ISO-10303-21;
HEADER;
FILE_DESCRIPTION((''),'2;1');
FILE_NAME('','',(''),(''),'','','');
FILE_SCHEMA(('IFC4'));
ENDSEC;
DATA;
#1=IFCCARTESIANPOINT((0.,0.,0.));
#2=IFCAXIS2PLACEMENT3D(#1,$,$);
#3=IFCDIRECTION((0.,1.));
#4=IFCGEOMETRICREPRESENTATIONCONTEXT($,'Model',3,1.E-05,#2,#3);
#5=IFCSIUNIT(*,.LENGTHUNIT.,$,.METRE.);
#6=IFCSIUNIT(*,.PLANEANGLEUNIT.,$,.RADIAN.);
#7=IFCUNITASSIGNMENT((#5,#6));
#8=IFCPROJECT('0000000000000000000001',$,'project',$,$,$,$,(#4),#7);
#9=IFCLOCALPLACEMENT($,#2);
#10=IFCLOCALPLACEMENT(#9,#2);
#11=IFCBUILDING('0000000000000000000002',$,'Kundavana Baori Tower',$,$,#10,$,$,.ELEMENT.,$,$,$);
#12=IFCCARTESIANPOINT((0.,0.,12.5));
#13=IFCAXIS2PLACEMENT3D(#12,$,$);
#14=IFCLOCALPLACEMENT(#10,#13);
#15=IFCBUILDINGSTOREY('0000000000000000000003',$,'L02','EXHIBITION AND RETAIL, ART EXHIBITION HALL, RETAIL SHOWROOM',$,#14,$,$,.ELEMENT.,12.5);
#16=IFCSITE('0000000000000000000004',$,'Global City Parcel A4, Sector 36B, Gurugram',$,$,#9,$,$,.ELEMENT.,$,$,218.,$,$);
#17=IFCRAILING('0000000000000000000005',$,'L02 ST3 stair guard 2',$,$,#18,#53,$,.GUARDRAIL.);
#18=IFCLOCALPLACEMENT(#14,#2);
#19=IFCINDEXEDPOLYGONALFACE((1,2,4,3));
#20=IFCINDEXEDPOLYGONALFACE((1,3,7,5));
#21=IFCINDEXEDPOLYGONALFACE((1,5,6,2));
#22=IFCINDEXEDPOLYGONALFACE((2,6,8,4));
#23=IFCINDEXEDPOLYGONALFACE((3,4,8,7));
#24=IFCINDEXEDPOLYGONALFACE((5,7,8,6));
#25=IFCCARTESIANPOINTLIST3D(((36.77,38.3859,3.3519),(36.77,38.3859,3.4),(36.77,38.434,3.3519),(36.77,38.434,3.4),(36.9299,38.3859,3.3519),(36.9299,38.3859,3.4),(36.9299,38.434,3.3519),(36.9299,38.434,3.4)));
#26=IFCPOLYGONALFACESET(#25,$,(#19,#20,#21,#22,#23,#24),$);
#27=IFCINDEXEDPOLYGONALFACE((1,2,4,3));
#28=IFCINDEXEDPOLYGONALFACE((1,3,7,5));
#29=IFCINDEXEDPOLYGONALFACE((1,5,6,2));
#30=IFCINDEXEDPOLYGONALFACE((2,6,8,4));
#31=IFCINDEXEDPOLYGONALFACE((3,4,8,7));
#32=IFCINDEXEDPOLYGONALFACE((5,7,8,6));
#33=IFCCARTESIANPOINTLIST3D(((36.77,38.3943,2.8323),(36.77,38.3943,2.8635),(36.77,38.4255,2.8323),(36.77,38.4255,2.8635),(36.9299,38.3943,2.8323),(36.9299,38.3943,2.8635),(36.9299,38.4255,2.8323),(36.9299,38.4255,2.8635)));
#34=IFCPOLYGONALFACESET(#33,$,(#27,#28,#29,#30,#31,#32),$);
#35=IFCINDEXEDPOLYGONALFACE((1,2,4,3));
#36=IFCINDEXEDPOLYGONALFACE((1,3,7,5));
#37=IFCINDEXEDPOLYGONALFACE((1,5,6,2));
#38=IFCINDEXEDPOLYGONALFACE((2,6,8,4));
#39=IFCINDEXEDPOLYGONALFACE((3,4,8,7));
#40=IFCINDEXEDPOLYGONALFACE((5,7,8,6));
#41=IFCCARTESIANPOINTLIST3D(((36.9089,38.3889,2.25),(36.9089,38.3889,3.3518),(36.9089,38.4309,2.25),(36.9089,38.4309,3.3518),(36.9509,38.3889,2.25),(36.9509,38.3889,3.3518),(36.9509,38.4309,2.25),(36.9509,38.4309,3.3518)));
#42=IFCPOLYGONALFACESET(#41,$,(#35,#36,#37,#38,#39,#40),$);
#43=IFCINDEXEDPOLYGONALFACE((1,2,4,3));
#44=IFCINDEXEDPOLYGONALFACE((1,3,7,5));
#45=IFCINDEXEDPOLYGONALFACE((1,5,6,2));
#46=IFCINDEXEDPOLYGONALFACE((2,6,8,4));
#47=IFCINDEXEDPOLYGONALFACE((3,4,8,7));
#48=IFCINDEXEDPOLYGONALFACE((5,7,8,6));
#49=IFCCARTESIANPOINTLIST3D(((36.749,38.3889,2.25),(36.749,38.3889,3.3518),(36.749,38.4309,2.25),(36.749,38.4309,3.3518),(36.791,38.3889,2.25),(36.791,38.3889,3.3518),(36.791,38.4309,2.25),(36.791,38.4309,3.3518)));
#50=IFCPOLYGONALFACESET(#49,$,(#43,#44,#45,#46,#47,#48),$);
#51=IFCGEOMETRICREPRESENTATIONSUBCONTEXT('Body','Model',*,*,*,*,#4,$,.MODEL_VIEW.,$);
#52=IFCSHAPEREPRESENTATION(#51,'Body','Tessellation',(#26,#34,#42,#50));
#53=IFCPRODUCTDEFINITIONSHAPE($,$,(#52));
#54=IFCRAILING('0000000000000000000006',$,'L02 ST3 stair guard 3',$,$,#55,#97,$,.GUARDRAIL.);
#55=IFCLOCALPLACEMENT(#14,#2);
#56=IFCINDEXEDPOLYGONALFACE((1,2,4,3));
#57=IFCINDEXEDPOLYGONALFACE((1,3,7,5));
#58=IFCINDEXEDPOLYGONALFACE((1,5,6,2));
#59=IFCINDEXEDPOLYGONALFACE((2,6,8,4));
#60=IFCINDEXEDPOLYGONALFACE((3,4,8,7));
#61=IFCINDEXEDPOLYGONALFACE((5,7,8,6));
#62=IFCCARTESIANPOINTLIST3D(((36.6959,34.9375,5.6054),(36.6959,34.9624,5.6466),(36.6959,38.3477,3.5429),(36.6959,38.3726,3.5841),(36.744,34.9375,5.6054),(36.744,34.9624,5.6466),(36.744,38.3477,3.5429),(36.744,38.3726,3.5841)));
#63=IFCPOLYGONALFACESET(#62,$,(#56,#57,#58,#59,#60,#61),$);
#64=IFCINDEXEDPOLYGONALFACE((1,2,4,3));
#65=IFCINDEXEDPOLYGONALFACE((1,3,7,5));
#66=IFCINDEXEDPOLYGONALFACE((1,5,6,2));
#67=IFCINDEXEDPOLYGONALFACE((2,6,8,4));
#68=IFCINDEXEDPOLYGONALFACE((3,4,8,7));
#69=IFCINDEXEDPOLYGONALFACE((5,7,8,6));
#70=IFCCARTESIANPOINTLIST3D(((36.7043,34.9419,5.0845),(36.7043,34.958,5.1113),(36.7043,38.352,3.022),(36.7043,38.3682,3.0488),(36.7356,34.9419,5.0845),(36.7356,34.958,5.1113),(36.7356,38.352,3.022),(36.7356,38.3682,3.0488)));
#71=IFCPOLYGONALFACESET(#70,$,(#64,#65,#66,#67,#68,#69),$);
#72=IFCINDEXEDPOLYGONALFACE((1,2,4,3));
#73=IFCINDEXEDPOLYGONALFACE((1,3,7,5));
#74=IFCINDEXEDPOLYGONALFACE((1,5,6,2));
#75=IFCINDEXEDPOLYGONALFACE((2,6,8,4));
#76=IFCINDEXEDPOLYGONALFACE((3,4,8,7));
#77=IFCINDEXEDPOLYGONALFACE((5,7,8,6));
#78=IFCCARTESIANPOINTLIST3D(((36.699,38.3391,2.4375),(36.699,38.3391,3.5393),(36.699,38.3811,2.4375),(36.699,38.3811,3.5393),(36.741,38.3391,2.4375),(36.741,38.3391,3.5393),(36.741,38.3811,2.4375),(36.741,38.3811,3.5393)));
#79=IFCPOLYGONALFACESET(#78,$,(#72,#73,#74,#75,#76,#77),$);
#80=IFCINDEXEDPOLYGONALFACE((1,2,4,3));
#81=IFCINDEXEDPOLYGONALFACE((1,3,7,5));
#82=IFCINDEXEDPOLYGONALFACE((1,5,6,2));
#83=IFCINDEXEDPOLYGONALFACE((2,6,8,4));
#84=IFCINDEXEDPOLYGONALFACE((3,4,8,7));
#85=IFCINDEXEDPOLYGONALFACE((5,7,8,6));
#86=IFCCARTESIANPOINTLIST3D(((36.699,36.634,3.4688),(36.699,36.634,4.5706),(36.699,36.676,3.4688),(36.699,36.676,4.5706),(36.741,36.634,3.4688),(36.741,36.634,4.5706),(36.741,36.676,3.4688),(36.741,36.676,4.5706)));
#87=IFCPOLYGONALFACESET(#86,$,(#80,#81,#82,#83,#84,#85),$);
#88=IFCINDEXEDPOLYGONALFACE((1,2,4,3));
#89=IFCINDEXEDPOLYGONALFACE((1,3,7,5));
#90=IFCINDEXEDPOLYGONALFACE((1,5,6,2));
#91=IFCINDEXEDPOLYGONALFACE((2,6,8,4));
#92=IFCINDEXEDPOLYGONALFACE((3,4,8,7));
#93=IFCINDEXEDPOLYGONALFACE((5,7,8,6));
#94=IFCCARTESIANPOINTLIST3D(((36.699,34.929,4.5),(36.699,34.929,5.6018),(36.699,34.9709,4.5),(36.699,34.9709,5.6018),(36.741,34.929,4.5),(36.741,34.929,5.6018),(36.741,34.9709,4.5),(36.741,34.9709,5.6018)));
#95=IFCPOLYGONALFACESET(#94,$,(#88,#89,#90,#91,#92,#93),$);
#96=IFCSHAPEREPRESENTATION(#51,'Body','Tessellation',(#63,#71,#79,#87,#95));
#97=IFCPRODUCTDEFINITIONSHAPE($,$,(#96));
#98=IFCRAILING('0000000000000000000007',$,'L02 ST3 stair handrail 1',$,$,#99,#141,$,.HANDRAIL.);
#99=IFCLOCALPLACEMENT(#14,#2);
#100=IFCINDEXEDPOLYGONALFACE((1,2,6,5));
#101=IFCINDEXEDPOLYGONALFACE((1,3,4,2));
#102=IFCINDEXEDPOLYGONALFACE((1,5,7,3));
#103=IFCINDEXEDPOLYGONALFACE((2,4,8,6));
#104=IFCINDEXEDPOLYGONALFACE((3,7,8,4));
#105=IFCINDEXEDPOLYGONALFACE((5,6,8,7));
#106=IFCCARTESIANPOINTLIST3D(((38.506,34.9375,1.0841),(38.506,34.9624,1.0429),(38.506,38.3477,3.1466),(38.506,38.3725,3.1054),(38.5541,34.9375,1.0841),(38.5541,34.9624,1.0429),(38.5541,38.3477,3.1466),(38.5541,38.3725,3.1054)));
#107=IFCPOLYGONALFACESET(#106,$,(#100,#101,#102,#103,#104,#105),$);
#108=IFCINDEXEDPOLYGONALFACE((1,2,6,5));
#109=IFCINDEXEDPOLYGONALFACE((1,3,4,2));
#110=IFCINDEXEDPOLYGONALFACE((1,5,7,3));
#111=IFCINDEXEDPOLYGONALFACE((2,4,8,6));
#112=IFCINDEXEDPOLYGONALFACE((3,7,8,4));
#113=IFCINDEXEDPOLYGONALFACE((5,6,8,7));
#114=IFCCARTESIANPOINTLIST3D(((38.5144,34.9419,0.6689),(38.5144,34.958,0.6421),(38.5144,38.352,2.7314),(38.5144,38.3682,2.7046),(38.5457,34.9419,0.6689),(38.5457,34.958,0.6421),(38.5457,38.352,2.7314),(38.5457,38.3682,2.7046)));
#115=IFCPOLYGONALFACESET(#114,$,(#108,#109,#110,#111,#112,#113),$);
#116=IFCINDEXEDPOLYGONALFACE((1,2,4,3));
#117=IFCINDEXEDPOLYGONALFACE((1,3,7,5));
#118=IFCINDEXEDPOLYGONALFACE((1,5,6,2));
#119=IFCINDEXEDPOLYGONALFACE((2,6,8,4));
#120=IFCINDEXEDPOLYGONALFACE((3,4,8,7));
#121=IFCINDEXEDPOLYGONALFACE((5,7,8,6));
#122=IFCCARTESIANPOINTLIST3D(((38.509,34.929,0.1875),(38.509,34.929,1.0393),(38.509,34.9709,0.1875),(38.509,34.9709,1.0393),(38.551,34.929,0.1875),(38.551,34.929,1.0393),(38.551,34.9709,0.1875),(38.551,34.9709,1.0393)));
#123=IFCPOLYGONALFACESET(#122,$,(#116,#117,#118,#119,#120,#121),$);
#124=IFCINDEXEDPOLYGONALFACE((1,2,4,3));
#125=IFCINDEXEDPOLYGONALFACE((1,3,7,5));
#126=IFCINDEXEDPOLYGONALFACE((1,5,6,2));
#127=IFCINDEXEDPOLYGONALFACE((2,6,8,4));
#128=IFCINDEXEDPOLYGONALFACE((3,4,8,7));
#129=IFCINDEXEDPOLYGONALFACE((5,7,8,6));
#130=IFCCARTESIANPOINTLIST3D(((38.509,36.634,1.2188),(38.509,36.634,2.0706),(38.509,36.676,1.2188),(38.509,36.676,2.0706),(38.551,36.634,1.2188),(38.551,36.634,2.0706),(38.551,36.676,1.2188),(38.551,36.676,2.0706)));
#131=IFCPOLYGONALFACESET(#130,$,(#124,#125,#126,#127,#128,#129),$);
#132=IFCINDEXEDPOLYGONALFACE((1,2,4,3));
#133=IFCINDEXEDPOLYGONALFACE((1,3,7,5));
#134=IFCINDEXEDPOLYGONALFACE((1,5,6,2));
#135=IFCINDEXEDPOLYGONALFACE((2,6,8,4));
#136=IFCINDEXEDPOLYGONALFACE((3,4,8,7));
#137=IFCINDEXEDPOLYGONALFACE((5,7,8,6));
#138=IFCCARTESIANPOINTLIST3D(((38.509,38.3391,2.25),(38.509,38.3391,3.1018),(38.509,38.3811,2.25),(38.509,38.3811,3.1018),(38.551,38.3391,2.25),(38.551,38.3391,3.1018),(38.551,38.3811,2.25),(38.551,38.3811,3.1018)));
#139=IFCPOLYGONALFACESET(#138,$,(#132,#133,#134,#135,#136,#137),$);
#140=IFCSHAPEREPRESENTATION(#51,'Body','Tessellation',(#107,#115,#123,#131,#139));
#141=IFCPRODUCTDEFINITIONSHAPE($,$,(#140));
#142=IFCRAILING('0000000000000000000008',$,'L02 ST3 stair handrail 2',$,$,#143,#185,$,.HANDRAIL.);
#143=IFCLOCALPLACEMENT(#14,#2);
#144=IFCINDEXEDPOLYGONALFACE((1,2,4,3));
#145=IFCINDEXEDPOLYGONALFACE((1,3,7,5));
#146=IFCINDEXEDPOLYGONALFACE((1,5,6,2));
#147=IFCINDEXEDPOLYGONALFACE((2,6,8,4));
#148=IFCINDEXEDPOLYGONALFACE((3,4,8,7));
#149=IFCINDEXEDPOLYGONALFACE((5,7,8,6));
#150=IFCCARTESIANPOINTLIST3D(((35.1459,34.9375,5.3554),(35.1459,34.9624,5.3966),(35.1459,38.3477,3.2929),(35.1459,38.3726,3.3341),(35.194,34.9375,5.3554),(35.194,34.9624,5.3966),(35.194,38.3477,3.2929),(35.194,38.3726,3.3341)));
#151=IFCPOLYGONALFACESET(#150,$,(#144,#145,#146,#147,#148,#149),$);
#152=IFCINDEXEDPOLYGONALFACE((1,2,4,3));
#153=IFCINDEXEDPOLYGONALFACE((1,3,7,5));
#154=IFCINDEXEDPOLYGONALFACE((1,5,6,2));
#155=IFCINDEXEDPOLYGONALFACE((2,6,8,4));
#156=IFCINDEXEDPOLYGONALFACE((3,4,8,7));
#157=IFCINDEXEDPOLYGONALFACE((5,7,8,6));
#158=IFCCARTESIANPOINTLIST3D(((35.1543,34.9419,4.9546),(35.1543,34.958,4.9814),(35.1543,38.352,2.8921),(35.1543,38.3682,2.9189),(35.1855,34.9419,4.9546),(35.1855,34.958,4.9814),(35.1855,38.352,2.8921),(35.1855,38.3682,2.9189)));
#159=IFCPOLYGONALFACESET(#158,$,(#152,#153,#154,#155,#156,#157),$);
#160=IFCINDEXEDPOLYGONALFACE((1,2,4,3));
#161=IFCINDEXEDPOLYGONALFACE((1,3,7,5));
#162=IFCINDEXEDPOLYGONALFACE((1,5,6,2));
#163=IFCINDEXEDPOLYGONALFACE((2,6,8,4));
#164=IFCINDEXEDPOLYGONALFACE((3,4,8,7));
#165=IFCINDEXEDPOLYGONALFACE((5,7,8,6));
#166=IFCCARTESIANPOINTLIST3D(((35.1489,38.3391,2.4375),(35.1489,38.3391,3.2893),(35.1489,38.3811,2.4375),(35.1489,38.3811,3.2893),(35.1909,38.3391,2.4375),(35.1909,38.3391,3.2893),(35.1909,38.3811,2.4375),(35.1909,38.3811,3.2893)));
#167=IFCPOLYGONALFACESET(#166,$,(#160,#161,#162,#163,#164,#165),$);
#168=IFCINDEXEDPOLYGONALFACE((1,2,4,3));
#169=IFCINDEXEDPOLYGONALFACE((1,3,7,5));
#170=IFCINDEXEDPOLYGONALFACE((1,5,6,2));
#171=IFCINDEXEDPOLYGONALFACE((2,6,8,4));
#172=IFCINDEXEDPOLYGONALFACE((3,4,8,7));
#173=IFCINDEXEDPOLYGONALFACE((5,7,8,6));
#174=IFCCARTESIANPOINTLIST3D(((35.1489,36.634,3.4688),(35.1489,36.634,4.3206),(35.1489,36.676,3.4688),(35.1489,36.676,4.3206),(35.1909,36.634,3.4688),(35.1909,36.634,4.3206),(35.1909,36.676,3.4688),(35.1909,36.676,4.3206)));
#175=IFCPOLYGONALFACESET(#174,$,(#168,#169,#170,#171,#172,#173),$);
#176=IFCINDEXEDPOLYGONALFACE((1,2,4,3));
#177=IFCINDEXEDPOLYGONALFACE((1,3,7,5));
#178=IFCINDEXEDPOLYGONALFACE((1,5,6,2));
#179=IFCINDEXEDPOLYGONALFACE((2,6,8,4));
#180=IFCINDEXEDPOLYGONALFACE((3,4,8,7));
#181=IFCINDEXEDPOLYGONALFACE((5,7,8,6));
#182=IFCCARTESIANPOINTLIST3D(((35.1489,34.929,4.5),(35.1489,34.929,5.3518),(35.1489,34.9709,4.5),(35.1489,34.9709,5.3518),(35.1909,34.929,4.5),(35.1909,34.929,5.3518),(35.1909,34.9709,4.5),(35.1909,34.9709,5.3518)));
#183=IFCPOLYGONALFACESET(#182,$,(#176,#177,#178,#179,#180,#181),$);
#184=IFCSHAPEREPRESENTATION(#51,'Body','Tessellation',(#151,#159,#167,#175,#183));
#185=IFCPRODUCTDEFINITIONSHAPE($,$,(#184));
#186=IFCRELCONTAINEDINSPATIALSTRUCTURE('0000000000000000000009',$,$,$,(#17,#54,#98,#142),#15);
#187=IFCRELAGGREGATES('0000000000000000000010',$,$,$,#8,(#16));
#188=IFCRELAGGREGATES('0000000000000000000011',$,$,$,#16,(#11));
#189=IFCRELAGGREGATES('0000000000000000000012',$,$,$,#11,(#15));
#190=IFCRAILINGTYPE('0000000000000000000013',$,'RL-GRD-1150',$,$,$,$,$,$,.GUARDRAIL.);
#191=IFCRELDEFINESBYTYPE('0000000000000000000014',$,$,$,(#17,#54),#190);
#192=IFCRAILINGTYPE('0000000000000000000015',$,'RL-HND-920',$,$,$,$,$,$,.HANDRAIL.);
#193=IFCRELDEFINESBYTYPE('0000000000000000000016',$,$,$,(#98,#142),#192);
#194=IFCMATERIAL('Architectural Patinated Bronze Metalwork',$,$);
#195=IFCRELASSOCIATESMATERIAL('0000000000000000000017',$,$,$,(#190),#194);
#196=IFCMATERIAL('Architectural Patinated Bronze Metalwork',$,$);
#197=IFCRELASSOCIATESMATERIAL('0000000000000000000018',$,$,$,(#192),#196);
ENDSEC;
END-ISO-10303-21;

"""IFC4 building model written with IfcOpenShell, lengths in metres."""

from ifc_helpers import new_model, si_unit, direction, frame, origin, origin_2d, place, context, subcontext, project, spatial, rectangle, extrude, material, type_object, element, save


model = new_model("IFC4")

# Units and contexts
model_context = context("Model", 3, precision=1e-05, world=origin(), true_north=direction((0.0, 1.0)))
body_context = subcontext(model_context, "Body", "Model", "MODEL_VIEW")
ifc_project = project(units=[si_unit("LENGTHUNIT", "METRE"), si_unit("PLANEANGLEUNIT", "RADIAN")], contexts=[model_context])

# Site, building, storey
site_placement = place(None, origin())
site = spatial("IfcSite", under=ifc_project, at=site_placement, Name="Global City Parcel A4, Sector 36B, Gurugram", CompositionType="ELEMENT", RefElevation=218.0)
building_placement = place(site_placement, origin())
building = spatial("IfcBuilding", under=site, at=building_placement, Name="Kundavana Baori Tower", CompositionType="ELEMENT")
storey_placement = place(building_placement, frame((0.0, 0.0, 12.5)))
storey = spatial("IfcBuildingStorey", under=building, at=storey_placement, Name="L02", Description="EXHIBITION AND RETAIL, ART EXHIBITION HALL, RETAIL SHOWROOM", CompositionType="ELEMENT", Elevation=12.5)

# Railings
ifc_material_1 = material(Name="Architectural Patinated Bronze Metalwork")
railing_type_1 = type_object("IfcRailingType", Name="RL-GRD-1150", PredefinedType="GUARDRAIL", material=ifc_material_1)
railing_1_placement = place(storey_placement, frame((36.9299, 38.4099, 2.25)))
element("IfcRailing", 1, at=railing_1_placement, inside=storey, type_object=railing_type_1, Name="L02 ST3 stair guard 2", PredefinedType="GUARDRAIL", context=body_context, shape_type="SweptSolid", body=[
    extrude(rectangle(XDim=0.0481, YDim=0.0481, at=origin_2d()), frame((0.0, 0.0, 1.126), z_axis=(-1.0, 0.0, 0.0), x_axis=(0.0, -1.0, 0.0)), (0.0, 0.0, 1.0), 0.1599),
    extrude(rectangle(XDim=0.0312, YDim=0.0312, at=origin_2d()), frame((0.0, 0.0, 0.5979), z_axis=(-1.0, 0.0, 0.0), x_axis=(0.0, -1.0, 0.0)), (0.0, 0.0, 1.0), 0.1599),
    extrude(rectangle(XDim=0.042, YDim=0.042, at=origin_2d()), origin(), (0.0, 0.0, 1.0), 1.1018),
    extrude(rectangle(XDim=0.042, YDim=0.042, at=origin_2d()), frame((-0.1599, 0.0, 0.0)), (0.0, 0.0, 1.0), 1.1018),
])
railing_2_placement = place(storey_placement, frame((36.72, 38.3601, 2.4375)))
element("IfcRailing", 2, at=railing_2_placement, inside=storey, type_object=railing_type_1, Name="L02 ST3 stair guard 3", PredefinedType="GUARDRAIL", context=body_context, shape_type="SweptSolid", body=[
    extrude(rectangle(XDim=0.0481, YDim=0.0481, at=origin_2d()), frame((0.0, 0.0, 1.126), z_axis=(0.0, -0.855671, 0.517519), x_axis=(1.0, 0.0, 0.0)), (0.0, 0.0, 1.0), 3.9854),
    extrude(rectangle(XDim=0.0312, YDim=0.0312, at=origin_2d()), frame((0.0, 0.0, 0.5979), z_axis=(0.0, -0.855671, 0.517519), x_axis=(1.0, 0.0, 0.0)), (0.0, 0.0, 1.0), 3.9854),
    extrude(rectangle(XDim=0.042, YDim=0.042, at=origin_2d()), origin(), (0.0, 0.0, 1.0), 1.1018),
    extrude(rectangle(XDim=0.042, YDim=0.042, at=origin_2d()), frame((0.0, -1.7051, 1.0312)), (0.0, 0.0, 1.0), 1.1018),
    extrude(rectangle(XDim=0.042, YDim=0.042, at=origin_2d()), frame((0.0, -3.4102, 2.0625)), (0.0, 0.0, 1.0), 1.1018),
])
ifc_material_2 = material(Name="Architectural Patinated Bronze Metalwork")
railing_type_2 = type_object("IfcRailingType", Name="RL-HND-920", PredefinedType="HANDRAIL", material=ifc_material_2)
railing_3_placement = place(storey_placement, frame((38.53, 34.95, 0.1875)))
element("IfcRailing", 3, at=railing_3_placement, inside=storey, type_object=railing_type_2, Name="L02 ST3 stair handrail 1", PredefinedType="HANDRAIL", context=body_context, shape_type="SweptSolid", body=[
    extrude(rectangle(XDim=0.0481, YDim=0.0481, at=origin_2d()), frame((0.0, 0.0, 0.876), z_axis=(0.0, 0.855671, 0.517519), x_axis=(-1.0, 0.0, 0.0)), (0.0, 0.0, 1.0), 3.9854),
    extrude(rectangle(XDim=0.0312, YDim=0.0312, at=origin_2d()), frame((0.0, 0.0, 0.468), z_axis=(0.0, 0.855671, 0.517519), x_axis=(-1.0, 0.0, 0.0)), (0.0, 0.0, 1.0), 3.9854),
    extrude(rectangle(XDim=0.042, YDim=0.042, at=origin_2d()), origin(), (0.0, 0.0, 1.0), 0.8518),
    extrude(rectangle(XDim=0.042, YDim=0.042, at=origin_2d()), frame((0.0, 1.7051, 1.0312)), (0.0, 0.0, 1.0), 0.8518),
    extrude(rectangle(XDim=0.042, YDim=0.042, at=origin_2d()), frame((0.0, 3.4102, 2.0625)), (0.0, 0.0, 1.0), 0.8518),
])
railing_4_placement = place(storey_placement, frame((35.1699, 38.3601, 2.4375)))
element("IfcRailing", 4, at=railing_4_placement, inside=storey, type_object=railing_type_2, Name="L02 ST3 stair handrail 2", PredefinedType="HANDRAIL", context=body_context, shape_type="SweptSolid", body=[
    extrude(rectangle(XDim=0.0481, YDim=0.0481, at=origin_2d()), frame((0.0, 0.0, 0.876), z_axis=(0.0, -0.855671, 0.517519), x_axis=(1.0, 0.0, 0.0)), (0.0, 0.0, 1.0), 3.9854),
    extrude(rectangle(XDim=0.0312, YDim=0.0312, at=origin_2d()), frame((0.0, 0.0, 0.468), z_axis=(0.0, -0.855671, 0.517519), x_axis=(1.0, 0.0, 0.0)), (0.0, 0.0, 1.0), 3.9854),
    extrude(rectangle(XDim=0.042, YDim=0.042, at=origin_2d()), origin(), (0.0, 0.0, 1.0), 0.8518),
    extrude(rectangle(XDim=0.042, YDim=0.042, at=origin_2d()), frame((0.0, -1.7051, 1.0312)), (0.0, 0.0, 1.0), 0.8518),
    extrude(rectangle(XDim=0.042, YDim=0.042, at=origin_2d()), frame((0.0, -3.4102, 2.0625)), (0.0, 0.0, 1.0), 0.8518),
])

save(model, "model.ifc")
